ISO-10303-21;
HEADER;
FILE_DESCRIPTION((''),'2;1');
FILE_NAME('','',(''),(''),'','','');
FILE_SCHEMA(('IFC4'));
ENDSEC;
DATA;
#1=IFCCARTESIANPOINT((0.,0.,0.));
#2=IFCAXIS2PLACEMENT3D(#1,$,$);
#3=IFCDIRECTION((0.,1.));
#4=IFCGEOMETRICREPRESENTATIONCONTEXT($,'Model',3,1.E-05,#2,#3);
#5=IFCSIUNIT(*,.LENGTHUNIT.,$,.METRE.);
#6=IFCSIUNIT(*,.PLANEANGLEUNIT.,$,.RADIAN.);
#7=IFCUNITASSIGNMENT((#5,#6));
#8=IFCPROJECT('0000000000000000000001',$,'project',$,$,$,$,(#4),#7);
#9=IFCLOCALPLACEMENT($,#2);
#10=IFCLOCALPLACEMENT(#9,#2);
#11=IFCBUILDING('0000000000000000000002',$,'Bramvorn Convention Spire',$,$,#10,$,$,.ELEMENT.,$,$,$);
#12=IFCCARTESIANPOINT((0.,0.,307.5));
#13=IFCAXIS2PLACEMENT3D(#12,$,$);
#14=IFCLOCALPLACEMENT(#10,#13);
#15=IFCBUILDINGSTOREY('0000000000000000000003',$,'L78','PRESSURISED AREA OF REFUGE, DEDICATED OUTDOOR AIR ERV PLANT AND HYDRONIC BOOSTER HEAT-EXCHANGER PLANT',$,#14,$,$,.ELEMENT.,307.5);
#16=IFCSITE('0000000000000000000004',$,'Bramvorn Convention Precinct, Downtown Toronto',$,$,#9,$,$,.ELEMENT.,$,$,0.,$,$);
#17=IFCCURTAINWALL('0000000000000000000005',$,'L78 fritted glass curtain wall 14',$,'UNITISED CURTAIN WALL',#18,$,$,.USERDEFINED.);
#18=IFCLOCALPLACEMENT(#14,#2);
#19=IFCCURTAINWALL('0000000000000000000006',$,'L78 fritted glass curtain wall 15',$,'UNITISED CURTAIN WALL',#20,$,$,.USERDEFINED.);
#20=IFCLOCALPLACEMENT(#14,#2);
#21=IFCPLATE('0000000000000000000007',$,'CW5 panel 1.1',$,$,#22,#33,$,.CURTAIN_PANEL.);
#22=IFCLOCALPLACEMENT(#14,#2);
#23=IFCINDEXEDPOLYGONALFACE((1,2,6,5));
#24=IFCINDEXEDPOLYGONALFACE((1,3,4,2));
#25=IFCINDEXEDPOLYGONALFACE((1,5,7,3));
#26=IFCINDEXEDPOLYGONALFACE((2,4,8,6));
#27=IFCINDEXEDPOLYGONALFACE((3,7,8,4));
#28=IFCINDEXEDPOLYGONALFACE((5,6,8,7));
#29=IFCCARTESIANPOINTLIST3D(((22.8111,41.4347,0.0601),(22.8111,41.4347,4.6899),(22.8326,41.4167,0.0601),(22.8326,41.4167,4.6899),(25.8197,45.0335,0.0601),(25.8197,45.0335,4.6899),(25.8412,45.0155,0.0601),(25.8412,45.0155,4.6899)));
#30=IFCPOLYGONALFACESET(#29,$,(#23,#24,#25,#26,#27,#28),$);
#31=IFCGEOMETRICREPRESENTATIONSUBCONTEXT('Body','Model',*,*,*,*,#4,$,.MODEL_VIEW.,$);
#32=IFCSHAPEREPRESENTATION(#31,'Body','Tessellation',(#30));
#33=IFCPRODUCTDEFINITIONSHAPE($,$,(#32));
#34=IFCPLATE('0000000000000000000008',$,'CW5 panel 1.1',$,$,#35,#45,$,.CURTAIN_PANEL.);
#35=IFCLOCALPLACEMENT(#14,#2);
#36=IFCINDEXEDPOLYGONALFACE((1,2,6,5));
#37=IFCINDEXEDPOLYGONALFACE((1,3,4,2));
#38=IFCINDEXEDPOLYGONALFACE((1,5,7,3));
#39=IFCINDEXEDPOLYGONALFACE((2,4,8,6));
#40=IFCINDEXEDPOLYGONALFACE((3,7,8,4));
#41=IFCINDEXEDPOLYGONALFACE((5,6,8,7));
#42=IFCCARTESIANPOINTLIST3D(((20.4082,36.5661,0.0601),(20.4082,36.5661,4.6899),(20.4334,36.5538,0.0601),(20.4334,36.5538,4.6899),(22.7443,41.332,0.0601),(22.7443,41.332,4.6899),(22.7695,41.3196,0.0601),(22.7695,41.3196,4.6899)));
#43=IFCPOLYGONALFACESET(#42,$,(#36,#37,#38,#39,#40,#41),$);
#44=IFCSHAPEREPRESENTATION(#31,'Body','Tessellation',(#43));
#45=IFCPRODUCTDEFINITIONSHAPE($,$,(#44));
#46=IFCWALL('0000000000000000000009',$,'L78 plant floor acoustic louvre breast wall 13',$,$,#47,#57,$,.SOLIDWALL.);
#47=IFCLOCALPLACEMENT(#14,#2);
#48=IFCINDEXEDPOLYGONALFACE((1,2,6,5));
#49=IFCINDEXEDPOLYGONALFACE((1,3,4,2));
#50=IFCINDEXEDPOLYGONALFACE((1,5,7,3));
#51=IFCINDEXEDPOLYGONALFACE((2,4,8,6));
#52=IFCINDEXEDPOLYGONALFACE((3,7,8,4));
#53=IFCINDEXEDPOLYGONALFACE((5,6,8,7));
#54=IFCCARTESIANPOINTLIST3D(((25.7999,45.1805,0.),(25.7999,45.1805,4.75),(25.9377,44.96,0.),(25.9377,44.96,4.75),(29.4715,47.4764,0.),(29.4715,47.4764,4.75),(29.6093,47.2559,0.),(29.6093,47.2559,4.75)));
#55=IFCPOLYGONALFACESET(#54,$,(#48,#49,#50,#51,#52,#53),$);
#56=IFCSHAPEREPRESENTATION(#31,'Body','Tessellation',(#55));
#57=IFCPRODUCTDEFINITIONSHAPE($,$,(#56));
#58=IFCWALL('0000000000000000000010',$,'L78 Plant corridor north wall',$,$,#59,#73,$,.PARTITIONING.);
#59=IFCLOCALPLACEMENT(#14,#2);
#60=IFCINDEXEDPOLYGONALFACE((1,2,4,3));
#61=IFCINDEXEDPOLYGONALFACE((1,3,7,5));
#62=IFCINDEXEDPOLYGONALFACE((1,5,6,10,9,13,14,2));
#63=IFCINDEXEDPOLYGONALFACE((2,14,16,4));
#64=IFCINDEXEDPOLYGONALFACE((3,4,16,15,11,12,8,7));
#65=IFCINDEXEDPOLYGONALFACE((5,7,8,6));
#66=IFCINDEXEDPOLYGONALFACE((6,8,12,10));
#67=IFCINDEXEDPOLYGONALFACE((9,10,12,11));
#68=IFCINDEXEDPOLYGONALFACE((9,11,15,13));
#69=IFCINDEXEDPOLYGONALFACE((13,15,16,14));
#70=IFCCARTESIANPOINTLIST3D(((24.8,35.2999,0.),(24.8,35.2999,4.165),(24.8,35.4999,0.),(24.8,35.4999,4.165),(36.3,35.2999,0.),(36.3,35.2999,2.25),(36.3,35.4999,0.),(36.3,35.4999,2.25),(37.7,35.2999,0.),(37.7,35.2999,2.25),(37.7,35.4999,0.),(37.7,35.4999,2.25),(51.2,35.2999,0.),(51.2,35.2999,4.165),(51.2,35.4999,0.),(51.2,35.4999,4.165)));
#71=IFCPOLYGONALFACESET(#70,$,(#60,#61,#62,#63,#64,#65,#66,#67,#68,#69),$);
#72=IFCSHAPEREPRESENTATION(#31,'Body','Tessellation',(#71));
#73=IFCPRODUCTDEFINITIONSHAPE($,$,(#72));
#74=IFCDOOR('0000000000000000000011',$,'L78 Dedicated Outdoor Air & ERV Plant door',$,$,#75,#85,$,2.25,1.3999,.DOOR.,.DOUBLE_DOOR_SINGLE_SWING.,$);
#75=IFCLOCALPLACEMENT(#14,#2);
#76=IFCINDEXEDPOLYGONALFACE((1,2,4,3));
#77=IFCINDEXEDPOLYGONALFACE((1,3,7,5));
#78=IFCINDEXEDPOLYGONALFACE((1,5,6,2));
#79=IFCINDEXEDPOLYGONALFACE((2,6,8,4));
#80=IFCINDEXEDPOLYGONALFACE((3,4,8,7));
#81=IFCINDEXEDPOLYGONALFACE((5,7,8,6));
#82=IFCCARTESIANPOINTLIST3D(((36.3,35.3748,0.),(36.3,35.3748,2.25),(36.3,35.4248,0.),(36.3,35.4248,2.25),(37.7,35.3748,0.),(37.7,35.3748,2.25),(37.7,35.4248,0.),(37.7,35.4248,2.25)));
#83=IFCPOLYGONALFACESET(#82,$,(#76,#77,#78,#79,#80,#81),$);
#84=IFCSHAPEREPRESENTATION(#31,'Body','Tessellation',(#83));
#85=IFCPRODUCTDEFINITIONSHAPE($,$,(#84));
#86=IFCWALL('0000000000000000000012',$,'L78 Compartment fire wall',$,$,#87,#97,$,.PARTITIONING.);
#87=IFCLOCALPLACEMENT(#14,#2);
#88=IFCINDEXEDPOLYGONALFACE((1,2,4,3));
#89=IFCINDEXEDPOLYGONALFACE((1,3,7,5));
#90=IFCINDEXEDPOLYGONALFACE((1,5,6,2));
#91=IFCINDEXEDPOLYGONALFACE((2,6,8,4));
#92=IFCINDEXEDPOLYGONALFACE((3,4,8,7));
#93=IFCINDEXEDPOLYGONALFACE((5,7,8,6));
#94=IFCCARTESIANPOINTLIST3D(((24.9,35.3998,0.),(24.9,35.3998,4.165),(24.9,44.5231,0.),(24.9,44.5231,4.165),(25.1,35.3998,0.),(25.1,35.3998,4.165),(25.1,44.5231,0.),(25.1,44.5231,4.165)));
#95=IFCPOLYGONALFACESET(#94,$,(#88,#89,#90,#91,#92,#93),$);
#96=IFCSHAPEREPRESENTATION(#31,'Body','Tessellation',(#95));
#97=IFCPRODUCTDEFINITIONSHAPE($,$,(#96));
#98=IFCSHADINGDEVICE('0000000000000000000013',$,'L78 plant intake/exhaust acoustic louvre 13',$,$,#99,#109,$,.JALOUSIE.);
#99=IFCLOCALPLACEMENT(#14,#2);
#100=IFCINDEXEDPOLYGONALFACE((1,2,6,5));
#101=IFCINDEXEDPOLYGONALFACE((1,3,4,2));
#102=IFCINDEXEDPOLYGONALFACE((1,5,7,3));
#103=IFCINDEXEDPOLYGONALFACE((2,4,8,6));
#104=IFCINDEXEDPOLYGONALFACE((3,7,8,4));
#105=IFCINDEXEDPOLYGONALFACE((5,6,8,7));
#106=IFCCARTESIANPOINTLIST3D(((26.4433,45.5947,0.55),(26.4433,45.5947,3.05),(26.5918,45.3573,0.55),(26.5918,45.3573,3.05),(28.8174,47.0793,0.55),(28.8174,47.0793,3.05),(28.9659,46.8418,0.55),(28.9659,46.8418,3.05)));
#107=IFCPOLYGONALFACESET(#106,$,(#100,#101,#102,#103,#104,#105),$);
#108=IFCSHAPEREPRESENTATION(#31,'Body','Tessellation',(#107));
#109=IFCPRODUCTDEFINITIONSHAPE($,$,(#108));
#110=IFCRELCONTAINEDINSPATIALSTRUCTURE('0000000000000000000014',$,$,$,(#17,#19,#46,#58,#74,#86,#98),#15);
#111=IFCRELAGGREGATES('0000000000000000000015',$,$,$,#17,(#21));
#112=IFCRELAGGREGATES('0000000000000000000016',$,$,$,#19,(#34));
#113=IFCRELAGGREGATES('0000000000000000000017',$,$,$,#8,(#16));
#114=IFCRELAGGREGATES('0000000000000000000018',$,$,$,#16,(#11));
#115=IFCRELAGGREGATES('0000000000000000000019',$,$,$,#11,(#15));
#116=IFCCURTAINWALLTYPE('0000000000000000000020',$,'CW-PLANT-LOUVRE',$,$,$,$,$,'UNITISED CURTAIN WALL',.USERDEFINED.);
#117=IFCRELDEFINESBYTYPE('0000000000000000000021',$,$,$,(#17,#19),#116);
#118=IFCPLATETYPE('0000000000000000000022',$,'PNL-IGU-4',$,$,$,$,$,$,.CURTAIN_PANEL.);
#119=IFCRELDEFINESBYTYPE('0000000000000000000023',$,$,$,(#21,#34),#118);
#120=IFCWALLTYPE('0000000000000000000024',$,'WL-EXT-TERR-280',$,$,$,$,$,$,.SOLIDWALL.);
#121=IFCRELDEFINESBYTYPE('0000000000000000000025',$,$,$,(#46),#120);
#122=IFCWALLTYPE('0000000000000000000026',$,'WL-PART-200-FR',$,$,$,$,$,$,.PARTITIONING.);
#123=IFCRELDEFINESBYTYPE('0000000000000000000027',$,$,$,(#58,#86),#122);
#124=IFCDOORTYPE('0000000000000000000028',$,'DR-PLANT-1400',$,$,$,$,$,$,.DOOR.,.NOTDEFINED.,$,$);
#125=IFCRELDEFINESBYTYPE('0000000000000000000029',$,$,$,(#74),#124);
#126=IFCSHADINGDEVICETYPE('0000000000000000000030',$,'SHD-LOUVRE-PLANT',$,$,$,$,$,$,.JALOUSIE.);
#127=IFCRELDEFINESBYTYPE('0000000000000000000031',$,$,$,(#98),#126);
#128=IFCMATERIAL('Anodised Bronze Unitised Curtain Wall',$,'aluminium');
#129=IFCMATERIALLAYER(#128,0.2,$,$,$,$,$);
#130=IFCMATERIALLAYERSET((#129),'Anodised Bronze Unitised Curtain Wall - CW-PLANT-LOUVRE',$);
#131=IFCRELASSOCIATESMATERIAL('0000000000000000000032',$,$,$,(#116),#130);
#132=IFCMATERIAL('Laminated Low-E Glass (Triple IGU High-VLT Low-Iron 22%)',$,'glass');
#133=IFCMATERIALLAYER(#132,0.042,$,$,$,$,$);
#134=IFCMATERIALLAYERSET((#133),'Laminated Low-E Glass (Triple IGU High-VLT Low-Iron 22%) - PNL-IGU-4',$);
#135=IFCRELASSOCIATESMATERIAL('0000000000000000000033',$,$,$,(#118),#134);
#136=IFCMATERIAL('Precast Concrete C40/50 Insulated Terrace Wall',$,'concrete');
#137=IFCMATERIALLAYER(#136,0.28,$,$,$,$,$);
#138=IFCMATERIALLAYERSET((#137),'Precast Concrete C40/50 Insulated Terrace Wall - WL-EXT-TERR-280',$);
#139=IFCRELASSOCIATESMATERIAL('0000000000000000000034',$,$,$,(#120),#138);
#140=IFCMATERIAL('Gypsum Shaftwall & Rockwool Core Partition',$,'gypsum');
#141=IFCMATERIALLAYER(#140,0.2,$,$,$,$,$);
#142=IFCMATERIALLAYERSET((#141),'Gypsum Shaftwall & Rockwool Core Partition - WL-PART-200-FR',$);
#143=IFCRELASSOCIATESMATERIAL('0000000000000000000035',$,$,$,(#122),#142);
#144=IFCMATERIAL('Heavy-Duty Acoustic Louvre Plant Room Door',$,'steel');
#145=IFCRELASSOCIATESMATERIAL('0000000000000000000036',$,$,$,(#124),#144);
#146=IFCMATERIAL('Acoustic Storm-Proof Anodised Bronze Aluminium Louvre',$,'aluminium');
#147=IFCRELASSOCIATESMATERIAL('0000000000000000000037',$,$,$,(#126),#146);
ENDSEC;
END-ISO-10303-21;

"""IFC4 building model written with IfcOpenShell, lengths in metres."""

from ifc_helpers import new_model, si_unit, direction, frame, frame_2d, origin, origin_2d, place, context, subcontext, project, spatial, rectangle, extrude, material, layer, layer_set, type_object, element, fill, aggregate, save


model = new_model("IFC4")

# Units and contexts
model_context = context("Model", 3, precision=1e-05, world=origin(), true_north=direction((0.0, 1.0)))
body_context = subcontext(model_context, "Body", "Model", "MODEL_VIEW")
ifc_project = project(units=[si_unit("LENGTHUNIT", "METRE"), si_unit("PLANEANGLEUNIT", "RADIAN")], contexts=[model_context])

# Site, building, storey
site_placement = place(None, origin())
site = spatial("IfcSite", under=ifc_project, at=site_placement, Name="Bramvorn Convention Precinct, Downtown Toronto", CompositionType="ELEMENT", RefElevation=0.0)
building_placement = place(site_placement, origin())
building = spatial("IfcBuilding", under=site, at=building_placement, Name="Bramvorn Convention Spire", CompositionType="ELEMENT")
storey_placement = place(building_placement, frame((0.0, 0.0, 307.5)))
storey = spatial("IfcBuildingStorey", under=building, at=storey_placement, Name="L78", Description="PRESSURISED AREA OF REFUGE, DEDICATED OUTDOOR AIR ERV PLANT AND HYDRONIC BOOSTER HEAT-EXCHANGER PLANT", CompositionType="ELEMENT", Elevation=307.5)

# Shared definitions
ifc_material_1 = material(Name="Anodised Bronze Unitised Curtain Wall", Category="aluminium")
ifc_layer_1 = layer(ifc_material_1, 0.2)
ifc_layer_set_1 = layer_set([ifc_layer_1], Name="Anodised Bronze Unitised Curtain Wall - CW-PLANT-LOUVRE")
curtain_wall_type = type_object("IfcCurtainWallType", Name="CW-PLANT-LOUVRE", ElementType="UNITISED CURTAIN WALL", PredefinedType="USERDEFINED", material=ifc_layer_set_1)

# Curtain walls
curtain_wall_1_placement = place(storey_placement, origin())
curtain_wall_1 = element("IfcCurtainWall", 1, at=curtain_wall_1_placement, inside=storey, type_object=curtain_wall_type, Name="L78 fritted glass curtain wall 14", ObjectType="UNITISED CURTAIN WALL", PredefinedType="USERDEFINED")
curtain_wall_2_placement = place(storey_placement, origin())
curtain_wall_2 = element("IfcCurtainWall", 2, at=curtain_wall_2_placement, inside=storey, type_object=curtain_wall_type, Name="L78 fritted glass curtain wall 15", ObjectType="UNITISED CURTAIN WALL", PredefinedType="USERDEFINED")

# Plates
ifc_material_2 = material(Name="Laminated Low-E Glass (Triple IGU High-VLT Low-Iron 22%)", Category="glass")
ifc_layer_2 = layer(ifc_material_2, 0.042)
ifc_layer_set_2 = layer_set([ifc_layer_2], Name="Laminated Low-E Glass (Triple IGU High-VLT Low-Iron 22%) - PNL-IGU-4")
plate_type = type_object("IfcPlateType", Name="PNL-IGU-4", PredefinedType="CURTAIN_PANEL", material=ifc_layer_set_2)
plate_1_placement = place(storey_placement, frame((24.3262, 43.2251, 0.0601), z_axis=(0.0, 0.0, 1.0), x_axis=(0.6414, 0.767206, 0.0)))
plate_1 = element("IfcPlate", 3, at=plate_1_placement, type_object=plate_type, Name="CW5 panel 1.1", PredefinedType="CURTAIN_PANEL", context=body_context, shape_type="SweptSolid", body=[
    extrude(rectangle(XDim=4.6907, YDim=0.0281, at=origin_2d()), origin(), (0.0, 0.0, 1.0), 4.6299),
])
aggregate(curtain_wall_1, [plate_1])
plate_2_placement = place(storey_placement, frame((21.5889, 38.9429, 0.0601), z_axis=(0.0, 0.0, 1.0), x_axis=(0.440139, 0.897929, 0.0)))
plate_2 = element("IfcPlate", 4, at=plate_2_placement, type_object=plate_type, Name="CW5 panel 1.1", PredefinedType="CURTAIN_PANEL", context=body_context, shape_type="SweptSolid", body=[
    extrude(rectangle(XDim=5.3076, YDim=0.0281, at=origin_2d()), origin(), (0.0, 0.0, 1.0), 4.6299),
])
aggregate(curtain_wall_2, [plate_2])

# Wall
ifc_material_3 = material(Name="Precast Concrete C40/50 Insulated Terrace Wall", Category="concrete")
ifc_layer_3 = layer(ifc_material_3, 0.28)
ifc_layer_set_3 = layer_set([ifc_layer_3], Name="Precast Concrete C40/50 Insulated Terrace Wall - WL-EXT-TERR-280")
wall_type_1 = type_object("IfcWallType", Name="WL-EXT-TERR-280", PredefinedType="SOLIDWALL", material=ifc_layer_set_3)
wall_1_placement = place(storey_placement, frame((25.8689, 45.0703, 0.0), z_axis=(0.0, 0.0, 1.0), x_axis=(0.847881, 0.530186, 0.0)))
element("IfcWall", 5, at=wall_1_placement, inside=storey, type_object=wall_type_1, Name="L78 plant floor acoustic louvre breast wall 13", PredefinedType="SOLIDWALL", context=body_context, shape_type="SweptSolid", body=[
    extrude(rectangle(XDim=4.3303, YDim=0.26, at=frame_2d((2.165, 0.0))), origin(), (0.0, 0.0, 1.0), 4.75),
])

# Wall, opening, door
ifc_material_4 = material(Name="Gypsum Shaftwall & Rockwool Core Partition", Category="gypsum")
ifc_layer_4 = layer(ifc_material_4, 0.2)
ifc_layer_set_4 = layer_set([ifc_layer_4], Name="Gypsum Shaftwall & Rockwool Core Partition - WL-PART-200-FR")
wall_type_2 = type_object("IfcWallType", Name="WL-PART-200-FR", PredefinedType="PARTITIONING", material=ifc_layer_set_4)
wall_2_placement = place(storey_placement, frame((24.8, 35.3999, 0.0), z_axis=(0.0, 0.0, 1.0), x_axis=(1.0, 0.0, 0.0)))
wall_2 = element("IfcWall", 6, at=wall_2_placement, inside=storey, type_object=wall_type_2, Name="L78 Plant corridor north wall", PredefinedType="PARTITIONING", context=body_context, shape_type="SweptSolid", body=[
    extrude(rectangle(XDim=26.3999, YDim=0.2, at=frame_2d((13.2, 0.0))), origin(), (0.0, 0.0, 1.0), 4.165),
])
opening_placement = place(wall_2_placement, frame((11.5, 0.0, 0.0)))
opening = element("IfcOpeningElement", 7, at=opening_placement, cuts=wall_2, PredefinedType="OPENING", context=body_context, shape_type="SweptSolid", body=[
    extrude(rectangle(XDim=1.3999, YDim=2.25, at=frame_2d((0.7, 1.125))), frame((0.0, 0.1099, 0.0), z_axis=(0.0, -1.0, 0.0), x_axis=(1.0, 0.0, 0.0)), (0.0, 0.0, 1.0), 0.22),
])
ifc_material_5 = material(Name="Heavy-Duty Acoustic Louvre Plant Room Door", Category="steel")
door_type = type_object("IfcDoorType", Name="DR-PLANT-1400", OperationType="NOTDEFINED", PredefinedType="DOOR", material=ifc_material_5)
door_placement = place(opening_placement, origin())
door = element("IfcDoor", 8, at=door_placement, inside=storey, type_object=door_type, Name="L78 Dedicated Outdoor Air & ERV Plant door", OperationType="DOUBLE_DOOR_SINGLE_SWING", OverallHeight=2.25, OverallWidth=1.3999, PredefinedType="DOOR", context=body_context, shape_type="SweptSolid", body=[
    extrude(rectangle(XDim=1.3999, YDim=2.25, at=frame_2d((0.7, 1.125))), frame((0.0, 0.0249, 0.0), z_axis=(0.0, -1.0, 0.0), x_axis=(1.0, 0.0, 0.0)), (0.0, 0.0, 1.0), 0.05),
])
fill(opening, door)

# Wall
wall_3_placement = place(storey_placement, frame((25.0, 35.3999, 0.0), z_axis=(0.0, 0.0, 1.0), x_axis=(0.0, 1.0, 0.0)))
element("IfcWall", 9, at=wall_3_placement, inside=storey, type_object=wall_type_2, Name="L78 Compartment fire wall", PredefinedType="PARTITIONING", context=body_context, shape_type="SweptSolid", body=[
    extrude(rectangle(XDim=9.1233, YDim=0.2, at=frame_2d((4.5615, 0.0))), origin(), (0.0, 0.0, 1.0), 4.165),
])

# Shading device
ifc_material_6 = material(Name="Acoustic Storm-Proof Anodised Bronze Aluminium Louvre", Category="aluminium")
shading_device_type = type_object("IfcShadingDeviceType", Name="SHD-LOUVRE-PLANT", PredefinedType="JALOUSIE", material=ifc_material_6)
shading_device_placement = place(storey_placement, frame((27.7046, 46.2183, 0.55), z_axis=(0.0, 0.0, 1.0), x_axis=(0.847879, 0.53019, 0.0)))
element("IfcShadingDevice", 10, at=shading_device_placement, inside=storey, type_object=shading_device_type, Name="L78 plant intake/exhaust acoustic louvre 13", PredefinedType="JALOUSIE", context=body_context, shape_type="SweptSolid", body=[
    extrude(rectangle(XDim=2.8, YDim=0.28, at=origin_2d()), origin(), (0.0, 0.0, 1.0), 2.5),
])

save(model, "model.ifc")
